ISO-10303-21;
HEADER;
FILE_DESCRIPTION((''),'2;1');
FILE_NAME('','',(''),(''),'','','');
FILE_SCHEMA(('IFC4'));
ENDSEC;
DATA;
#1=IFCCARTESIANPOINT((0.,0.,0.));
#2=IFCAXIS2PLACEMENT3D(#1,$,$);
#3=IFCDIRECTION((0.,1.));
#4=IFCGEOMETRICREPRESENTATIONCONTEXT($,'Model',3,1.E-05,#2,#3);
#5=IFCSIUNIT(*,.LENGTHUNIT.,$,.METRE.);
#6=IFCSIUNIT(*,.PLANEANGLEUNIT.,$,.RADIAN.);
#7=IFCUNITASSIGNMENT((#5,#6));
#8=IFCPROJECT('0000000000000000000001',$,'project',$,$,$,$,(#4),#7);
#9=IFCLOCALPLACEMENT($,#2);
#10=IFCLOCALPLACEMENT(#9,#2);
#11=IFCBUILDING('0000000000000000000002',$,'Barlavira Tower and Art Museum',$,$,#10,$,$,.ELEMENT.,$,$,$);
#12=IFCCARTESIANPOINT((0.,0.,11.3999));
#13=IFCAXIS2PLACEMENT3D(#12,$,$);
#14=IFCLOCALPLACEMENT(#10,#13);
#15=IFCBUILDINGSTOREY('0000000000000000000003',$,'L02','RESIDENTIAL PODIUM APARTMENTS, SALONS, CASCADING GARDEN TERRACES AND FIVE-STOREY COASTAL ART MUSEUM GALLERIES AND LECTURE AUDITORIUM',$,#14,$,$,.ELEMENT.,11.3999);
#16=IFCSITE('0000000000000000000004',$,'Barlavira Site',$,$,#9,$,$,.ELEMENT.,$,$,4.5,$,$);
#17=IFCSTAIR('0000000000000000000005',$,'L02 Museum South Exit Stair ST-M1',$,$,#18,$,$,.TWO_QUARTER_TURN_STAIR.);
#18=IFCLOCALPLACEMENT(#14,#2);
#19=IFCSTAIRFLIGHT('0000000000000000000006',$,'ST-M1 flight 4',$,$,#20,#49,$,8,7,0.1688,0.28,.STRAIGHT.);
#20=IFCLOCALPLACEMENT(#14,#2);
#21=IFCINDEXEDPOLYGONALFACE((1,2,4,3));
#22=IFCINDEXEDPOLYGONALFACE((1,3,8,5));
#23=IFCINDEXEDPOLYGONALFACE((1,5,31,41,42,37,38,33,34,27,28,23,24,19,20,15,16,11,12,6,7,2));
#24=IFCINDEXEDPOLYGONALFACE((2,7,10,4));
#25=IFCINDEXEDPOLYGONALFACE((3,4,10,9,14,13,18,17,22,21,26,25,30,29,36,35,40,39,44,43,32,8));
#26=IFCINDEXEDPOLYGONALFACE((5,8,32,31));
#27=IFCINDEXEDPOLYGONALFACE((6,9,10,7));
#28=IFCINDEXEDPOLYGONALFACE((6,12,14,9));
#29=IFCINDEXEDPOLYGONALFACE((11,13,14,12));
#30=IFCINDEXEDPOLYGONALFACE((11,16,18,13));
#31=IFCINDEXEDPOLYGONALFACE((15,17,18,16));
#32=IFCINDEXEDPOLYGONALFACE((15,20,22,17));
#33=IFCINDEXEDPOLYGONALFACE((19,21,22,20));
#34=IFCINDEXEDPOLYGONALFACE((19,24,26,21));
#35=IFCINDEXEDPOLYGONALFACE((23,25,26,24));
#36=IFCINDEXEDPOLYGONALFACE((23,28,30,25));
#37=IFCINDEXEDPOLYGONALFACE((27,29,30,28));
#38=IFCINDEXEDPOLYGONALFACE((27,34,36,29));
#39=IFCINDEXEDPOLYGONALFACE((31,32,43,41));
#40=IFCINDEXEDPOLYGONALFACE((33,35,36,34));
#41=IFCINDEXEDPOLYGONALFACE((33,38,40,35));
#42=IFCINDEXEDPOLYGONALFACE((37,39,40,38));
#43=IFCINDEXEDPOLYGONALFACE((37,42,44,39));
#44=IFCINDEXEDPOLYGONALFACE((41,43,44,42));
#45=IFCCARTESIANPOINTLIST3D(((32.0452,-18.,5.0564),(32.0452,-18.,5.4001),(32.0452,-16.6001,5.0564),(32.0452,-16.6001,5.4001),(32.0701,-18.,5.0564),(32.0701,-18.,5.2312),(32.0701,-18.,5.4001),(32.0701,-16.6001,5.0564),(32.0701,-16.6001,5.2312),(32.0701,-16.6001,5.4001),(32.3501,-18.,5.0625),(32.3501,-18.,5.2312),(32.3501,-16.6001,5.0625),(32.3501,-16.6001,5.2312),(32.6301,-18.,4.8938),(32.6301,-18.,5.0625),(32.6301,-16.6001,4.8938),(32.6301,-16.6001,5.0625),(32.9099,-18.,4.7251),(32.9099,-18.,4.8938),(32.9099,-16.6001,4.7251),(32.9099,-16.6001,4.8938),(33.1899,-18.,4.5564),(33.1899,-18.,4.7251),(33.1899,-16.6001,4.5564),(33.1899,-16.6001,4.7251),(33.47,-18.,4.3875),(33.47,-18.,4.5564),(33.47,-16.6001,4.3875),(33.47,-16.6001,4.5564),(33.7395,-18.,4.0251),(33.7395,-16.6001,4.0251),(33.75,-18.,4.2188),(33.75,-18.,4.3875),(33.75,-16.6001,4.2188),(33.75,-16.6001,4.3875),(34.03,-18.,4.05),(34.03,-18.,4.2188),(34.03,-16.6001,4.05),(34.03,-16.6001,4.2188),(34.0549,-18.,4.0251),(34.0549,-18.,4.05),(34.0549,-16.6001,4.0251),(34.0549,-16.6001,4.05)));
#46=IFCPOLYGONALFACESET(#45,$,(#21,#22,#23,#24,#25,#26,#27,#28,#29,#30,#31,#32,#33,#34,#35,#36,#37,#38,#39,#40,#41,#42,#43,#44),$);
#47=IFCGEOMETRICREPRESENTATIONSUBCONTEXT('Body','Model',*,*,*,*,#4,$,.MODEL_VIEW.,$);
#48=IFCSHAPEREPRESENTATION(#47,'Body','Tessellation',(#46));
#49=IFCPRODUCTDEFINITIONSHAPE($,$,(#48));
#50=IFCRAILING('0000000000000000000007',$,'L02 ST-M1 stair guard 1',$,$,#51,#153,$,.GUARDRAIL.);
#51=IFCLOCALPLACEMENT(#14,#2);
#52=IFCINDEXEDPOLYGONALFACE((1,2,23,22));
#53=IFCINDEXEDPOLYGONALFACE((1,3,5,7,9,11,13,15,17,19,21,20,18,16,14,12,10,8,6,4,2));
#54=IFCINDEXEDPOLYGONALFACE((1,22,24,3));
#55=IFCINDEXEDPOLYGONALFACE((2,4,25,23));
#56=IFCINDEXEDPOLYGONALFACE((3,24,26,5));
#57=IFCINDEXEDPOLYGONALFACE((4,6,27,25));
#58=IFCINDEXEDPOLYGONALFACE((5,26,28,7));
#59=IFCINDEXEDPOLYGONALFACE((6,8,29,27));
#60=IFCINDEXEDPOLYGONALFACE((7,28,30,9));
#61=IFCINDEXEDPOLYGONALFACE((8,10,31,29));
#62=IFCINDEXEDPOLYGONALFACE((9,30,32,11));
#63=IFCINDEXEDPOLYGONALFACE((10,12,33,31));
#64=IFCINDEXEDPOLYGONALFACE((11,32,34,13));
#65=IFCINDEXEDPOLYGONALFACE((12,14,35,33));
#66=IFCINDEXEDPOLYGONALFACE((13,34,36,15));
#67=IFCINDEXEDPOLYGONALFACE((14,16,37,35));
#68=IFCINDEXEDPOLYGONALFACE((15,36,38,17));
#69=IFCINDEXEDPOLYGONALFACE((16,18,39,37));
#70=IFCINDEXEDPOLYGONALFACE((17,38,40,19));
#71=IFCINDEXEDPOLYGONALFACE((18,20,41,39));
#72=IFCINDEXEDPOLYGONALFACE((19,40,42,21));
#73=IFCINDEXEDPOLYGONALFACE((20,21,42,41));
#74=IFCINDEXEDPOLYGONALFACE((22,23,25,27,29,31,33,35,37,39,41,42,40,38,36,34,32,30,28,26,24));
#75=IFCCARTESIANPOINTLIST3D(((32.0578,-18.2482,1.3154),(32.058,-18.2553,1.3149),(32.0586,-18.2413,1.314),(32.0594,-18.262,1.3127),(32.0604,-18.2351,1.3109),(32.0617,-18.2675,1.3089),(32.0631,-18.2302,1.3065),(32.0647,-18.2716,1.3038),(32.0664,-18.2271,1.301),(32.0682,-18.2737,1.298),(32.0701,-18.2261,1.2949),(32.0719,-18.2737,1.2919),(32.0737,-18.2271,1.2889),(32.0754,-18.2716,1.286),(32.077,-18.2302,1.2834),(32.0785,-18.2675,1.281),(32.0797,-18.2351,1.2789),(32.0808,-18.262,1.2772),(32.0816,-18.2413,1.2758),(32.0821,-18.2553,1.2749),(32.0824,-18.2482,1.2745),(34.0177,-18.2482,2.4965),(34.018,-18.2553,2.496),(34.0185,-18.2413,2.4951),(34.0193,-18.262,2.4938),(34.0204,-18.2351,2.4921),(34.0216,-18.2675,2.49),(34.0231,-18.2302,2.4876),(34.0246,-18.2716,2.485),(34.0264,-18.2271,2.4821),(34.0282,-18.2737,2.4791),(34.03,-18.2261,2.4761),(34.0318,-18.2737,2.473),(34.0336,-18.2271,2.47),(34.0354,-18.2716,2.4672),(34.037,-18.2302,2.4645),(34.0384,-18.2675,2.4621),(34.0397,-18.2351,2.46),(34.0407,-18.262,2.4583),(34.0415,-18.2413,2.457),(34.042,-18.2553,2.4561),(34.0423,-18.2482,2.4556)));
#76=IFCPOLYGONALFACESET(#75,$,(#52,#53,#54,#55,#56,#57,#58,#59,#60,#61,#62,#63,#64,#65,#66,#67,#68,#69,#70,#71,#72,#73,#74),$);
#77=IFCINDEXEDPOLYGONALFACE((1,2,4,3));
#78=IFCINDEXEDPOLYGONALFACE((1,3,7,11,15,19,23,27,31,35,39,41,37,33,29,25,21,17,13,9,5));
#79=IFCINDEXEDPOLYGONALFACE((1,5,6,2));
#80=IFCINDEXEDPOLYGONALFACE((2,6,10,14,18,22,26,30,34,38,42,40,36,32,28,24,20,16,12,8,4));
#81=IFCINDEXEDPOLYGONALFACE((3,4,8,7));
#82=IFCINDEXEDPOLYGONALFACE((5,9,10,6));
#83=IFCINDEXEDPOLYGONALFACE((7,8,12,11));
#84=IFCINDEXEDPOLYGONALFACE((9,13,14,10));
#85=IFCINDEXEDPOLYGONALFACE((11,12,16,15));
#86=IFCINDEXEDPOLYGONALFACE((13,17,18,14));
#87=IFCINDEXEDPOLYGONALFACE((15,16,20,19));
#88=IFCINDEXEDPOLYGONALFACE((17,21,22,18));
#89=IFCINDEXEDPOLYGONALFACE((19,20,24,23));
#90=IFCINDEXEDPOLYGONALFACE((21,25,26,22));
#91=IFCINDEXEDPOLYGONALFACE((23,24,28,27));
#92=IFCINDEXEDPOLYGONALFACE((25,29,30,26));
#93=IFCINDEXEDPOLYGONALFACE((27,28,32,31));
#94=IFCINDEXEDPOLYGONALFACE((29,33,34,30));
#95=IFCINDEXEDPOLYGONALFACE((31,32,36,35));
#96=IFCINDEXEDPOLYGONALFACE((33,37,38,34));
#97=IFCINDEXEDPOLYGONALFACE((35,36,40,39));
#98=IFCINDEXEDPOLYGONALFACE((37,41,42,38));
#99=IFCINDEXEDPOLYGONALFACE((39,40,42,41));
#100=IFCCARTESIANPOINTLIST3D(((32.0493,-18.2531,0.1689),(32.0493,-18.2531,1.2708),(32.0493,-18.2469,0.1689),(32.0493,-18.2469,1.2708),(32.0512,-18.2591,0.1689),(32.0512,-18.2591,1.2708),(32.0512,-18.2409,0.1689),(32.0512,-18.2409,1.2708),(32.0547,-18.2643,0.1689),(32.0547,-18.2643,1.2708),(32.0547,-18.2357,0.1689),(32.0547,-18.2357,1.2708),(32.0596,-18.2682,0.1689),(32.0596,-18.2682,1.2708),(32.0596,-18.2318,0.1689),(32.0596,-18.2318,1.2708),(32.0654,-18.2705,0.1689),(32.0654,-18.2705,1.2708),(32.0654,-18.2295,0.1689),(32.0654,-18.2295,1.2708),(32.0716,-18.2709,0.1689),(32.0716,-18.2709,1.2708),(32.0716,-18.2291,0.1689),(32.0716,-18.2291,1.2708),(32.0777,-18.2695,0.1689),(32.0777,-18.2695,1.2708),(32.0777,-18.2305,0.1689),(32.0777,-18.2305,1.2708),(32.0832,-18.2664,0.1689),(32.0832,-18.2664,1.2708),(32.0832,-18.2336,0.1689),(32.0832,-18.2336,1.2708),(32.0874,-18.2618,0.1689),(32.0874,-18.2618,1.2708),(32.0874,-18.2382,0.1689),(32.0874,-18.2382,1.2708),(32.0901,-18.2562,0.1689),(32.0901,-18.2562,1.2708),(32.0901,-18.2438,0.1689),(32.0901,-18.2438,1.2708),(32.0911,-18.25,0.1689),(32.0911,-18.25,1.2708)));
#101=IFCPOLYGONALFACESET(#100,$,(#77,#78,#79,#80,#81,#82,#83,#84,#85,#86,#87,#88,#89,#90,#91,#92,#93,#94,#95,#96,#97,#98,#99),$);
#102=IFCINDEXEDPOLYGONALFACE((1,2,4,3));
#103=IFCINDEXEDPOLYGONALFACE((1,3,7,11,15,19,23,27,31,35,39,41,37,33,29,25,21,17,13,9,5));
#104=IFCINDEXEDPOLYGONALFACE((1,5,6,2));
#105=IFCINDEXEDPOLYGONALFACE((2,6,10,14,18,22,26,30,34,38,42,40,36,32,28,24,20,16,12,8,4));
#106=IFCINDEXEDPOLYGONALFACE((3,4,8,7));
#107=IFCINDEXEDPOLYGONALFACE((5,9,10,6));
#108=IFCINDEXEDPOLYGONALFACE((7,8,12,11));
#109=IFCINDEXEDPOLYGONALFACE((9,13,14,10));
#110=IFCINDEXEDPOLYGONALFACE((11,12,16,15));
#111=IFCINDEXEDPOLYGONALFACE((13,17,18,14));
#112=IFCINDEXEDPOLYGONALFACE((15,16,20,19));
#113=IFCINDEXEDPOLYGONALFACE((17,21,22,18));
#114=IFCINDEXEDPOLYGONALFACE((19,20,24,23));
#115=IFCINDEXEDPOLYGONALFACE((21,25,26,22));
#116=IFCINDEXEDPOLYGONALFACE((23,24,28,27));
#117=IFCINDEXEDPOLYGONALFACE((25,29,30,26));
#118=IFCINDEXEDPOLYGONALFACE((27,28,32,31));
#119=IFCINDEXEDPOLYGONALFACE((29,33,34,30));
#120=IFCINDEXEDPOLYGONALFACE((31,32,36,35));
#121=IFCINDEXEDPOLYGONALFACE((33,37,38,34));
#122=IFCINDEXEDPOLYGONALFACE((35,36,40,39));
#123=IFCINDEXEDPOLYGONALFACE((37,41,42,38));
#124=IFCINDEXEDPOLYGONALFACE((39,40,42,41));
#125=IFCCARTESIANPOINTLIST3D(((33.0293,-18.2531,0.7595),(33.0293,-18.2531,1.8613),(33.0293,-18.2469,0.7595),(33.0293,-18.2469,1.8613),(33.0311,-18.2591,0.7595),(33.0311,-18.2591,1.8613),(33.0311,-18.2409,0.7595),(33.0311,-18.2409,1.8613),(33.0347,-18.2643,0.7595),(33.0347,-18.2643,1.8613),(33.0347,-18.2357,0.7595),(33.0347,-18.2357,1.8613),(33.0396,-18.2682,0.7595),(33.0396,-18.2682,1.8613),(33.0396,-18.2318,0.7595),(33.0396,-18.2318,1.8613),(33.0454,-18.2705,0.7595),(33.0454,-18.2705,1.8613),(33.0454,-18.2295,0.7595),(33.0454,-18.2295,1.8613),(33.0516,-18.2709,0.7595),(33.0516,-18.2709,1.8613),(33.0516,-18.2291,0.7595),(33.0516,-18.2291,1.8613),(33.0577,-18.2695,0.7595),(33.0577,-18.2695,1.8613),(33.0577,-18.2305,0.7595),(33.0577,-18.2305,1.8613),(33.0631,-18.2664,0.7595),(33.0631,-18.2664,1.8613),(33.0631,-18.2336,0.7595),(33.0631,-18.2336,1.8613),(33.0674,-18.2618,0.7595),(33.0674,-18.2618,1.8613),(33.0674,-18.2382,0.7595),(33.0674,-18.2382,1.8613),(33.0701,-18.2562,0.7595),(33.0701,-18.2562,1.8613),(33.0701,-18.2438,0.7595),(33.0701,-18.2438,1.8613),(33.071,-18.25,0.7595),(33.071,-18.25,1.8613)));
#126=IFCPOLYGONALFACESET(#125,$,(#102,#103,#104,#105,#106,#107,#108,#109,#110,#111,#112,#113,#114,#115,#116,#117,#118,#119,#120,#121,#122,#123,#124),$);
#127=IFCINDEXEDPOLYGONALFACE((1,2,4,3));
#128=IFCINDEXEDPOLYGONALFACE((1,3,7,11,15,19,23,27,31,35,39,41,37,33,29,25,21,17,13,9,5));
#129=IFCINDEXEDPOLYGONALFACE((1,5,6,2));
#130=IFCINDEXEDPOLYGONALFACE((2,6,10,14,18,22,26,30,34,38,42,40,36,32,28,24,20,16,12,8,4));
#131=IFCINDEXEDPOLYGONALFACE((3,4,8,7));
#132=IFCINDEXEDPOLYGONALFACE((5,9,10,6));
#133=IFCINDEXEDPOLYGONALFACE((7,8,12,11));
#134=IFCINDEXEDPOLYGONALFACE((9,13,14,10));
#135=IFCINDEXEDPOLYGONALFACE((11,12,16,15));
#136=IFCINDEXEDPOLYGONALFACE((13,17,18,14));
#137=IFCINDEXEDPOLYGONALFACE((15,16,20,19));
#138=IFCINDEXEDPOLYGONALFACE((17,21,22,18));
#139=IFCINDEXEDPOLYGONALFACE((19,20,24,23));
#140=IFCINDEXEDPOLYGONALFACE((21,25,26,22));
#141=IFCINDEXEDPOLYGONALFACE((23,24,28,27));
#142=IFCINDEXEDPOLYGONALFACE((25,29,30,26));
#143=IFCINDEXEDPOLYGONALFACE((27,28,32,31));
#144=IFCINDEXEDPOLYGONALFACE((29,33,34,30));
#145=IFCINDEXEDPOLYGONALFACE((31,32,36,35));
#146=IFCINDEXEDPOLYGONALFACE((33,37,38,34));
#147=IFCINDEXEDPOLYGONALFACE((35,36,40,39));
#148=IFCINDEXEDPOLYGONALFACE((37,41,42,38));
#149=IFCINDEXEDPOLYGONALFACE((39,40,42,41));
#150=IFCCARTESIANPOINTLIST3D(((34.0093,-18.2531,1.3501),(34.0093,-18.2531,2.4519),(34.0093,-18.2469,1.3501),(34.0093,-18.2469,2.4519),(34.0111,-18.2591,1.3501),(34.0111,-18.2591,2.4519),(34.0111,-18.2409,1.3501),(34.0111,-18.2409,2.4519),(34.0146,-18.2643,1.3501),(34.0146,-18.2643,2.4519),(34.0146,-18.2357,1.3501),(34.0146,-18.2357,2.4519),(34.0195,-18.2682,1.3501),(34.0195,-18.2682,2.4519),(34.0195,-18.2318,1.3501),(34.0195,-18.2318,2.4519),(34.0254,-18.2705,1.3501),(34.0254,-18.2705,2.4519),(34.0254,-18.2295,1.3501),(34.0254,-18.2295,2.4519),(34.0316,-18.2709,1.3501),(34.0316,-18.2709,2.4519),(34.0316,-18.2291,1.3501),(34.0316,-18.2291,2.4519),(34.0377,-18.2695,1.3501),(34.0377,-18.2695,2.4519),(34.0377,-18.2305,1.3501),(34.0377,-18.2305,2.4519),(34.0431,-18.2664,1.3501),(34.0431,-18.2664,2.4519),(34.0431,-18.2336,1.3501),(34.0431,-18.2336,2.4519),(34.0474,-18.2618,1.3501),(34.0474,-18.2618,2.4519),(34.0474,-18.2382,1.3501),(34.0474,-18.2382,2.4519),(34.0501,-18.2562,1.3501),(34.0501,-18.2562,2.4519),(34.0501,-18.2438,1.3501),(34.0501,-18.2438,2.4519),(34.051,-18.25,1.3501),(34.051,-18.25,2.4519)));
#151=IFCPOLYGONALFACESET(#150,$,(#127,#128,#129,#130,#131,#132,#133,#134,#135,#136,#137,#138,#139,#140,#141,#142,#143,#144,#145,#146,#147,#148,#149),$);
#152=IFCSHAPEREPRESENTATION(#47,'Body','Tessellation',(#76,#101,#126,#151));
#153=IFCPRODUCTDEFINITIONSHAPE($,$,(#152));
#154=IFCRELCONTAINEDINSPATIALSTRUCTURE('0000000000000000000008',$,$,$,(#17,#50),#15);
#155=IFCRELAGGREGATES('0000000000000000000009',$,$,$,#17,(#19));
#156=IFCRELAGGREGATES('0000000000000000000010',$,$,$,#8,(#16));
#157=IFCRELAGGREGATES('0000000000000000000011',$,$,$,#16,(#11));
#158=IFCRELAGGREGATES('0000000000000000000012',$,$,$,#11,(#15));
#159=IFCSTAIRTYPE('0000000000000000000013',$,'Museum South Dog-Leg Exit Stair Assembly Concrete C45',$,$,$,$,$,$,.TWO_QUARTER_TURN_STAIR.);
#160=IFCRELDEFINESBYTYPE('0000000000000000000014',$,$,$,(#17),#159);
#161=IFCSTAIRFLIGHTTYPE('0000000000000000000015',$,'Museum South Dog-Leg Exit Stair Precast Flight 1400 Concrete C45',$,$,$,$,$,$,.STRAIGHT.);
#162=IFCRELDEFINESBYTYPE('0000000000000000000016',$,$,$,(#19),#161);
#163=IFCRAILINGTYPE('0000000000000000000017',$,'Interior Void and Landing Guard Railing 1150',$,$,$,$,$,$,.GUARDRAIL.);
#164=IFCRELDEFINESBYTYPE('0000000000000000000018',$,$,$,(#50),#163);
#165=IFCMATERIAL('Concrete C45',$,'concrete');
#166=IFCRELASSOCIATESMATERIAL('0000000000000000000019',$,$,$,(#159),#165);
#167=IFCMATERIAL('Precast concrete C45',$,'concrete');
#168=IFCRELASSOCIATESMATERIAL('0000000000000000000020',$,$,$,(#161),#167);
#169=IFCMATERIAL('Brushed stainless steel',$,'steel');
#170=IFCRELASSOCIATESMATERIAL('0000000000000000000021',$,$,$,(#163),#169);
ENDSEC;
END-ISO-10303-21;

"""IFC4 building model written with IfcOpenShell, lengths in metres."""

from ifc_helpers import new_model, si_unit, direction, frame, origin, origin_2d, place, context, subcontext, project, spatial, polyline, circle, outline, extrude, material, type_object, element, aggregate, save


model = new_model("IFC4")

# Units and contexts
model_context = context("Model", 3, precision=1e-05, world=origin(), true_north=direction((0.0, 1.0)))
body_context = subcontext(model_context, "Body", "Model", "MODEL_VIEW")
ifc_project = project(units=[si_unit("LENGTHUNIT", "METRE"), si_unit("PLANEANGLEUNIT", "RADIAN")], contexts=[model_context])

# Site, building, storey
site_placement = place(None, origin())
site = spatial("IfcSite", under=ifc_project, at=site_placement, Name="Barlavira Site", CompositionType="ELEMENT", RefElevation=4.5)
building_placement = place(site_placement, origin())
building = spatial("IfcBuilding", under=site, at=building_placement, Name="Barlavira Tower and Art Museum", CompositionType="ELEMENT")
storey_placement = place(building_placement, frame((0.0, 0.0, 11.3999)))
storey = spatial("IfcBuildingStorey", under=building, at=storey_placement, Name="L02", Description="RESIDENTIAL PODIUM APARTMENTS, SALONS, CASCADING GARDEN TERRACES AND FIVE-STOREY COASTAL ART MUSEUM GALLERIES AND LECTURE AUDITORIUM", CompositionType="ELEMENT", Elevation=11.3999)

# Shared definitions
ifc_material_1 = material(Name="Brushed stainless steel", Category="steel")

# Stair, stair flight
ifc_material_2 = material(Name="Concrete C45", Category="concrete")
stair_type = type_object("IfcStairType", Name="Museum South Dog-Leg Exit Stair Assembly Concrete C45", PredefinedType="TWO_QUARTER_TURN_STAIR", material=ifc_material_2)
stair_placement = place(storey_placement, origin())
stair = element("IfcStair", 1, at=stair_placement, inside=storey, type_object=stair_type, Name="L02 Museum South Exit Stair ST-M1", PredefinedType="TWO_QUARTER_TURN_STAIR")
ifc_material_3 = material(Name="Precast concrete C45", Category="concrete")
stair_flight_type = type_object("IfcStairFlightType", Name="Museum South Dog-Leg Exit Stair Precast Flight 1400 Concrete C45", PredefinedType="STRAIGHT", material=ifc_material_3)
stair_flight_1_placement = place(storey_placement, frame((34.03, -17.3, 4.05), z_axis=(0.0, 0.0, 1.0), x_axis=(-1.0, 0.0, 0.0)))
stair_flight_1 = element("IfcStairFlight", 2, at=stair_flight_1_placement, type_object=stair_flight_type, Name="ST-M1 flight 4", NumberOfRisers=8, NumberOfTreads=7, PredefinedType="STRAIGHT", RiserHeight=0.1688, TreadLength=0.28, context=body_context, shape_type="SweptSolid", body=[
    extrude(outline(polyline([(-0.0249, 0.0), (0.0, 0.0), (0.0, 0.1687), (0.28, 0.1687), (0.28, 0.3374), (0.5601, 0.3374), (0.5601, 0.5063), (0.8401, 0.5063), (0.8401, 0.675), (1.1201, 0.675), (1.1201, 0.8438), (1.3999, 0.8438), (1.3999, 1.0125), (1.6799, 1.0125), (1.6799, 1.1812), (1.96, 1.1812), (1.96, 1.3501), (1.9849, 1.3501), (1.9849, 1.0063), (1.96, 1.0063), (0.2905, -0.0249), (-0.0249, -0.0249), (-0.0249, 0.0)])), frame((0.0, 0.7, 0.0), z_axis=(0.0, -1.0, 0.0), x_axis=(1.0, 0.0, 0.0)), (0.0, 0.0, 1.0), 1.3999),
])
aggregate(stair, [stair_flight_1])

# Railing
railing_type_1 = type_object("IfcRailingType", Name="Interior Void and Landing Guard Railing 1150", PredefinedType="GUARDRAIL", material=ifc_material_1)
railing_1_placement = place(storey_placement, frame((32.0701, -18.25, 0.1689)))
element("IfcRailing", 3, at=railing_1_placement, inside=storey, type_object=railing_type_1, Name="L02 ST-M1 stair guard 1", PredefinedType="GUARDRAIL", context=body_context, shape_type="SweptSolid", body=[
    extrude(circle(Radius=0.0239, at=origin_2d()), frame((0.0, 0.0, 1.126), z_axis=(0.856493, 0.0, 0.516158), x_axis=(0.0, 1.0, 0.0)), (0.0, 0.0, 1.0), 2.2883),
    extrude(circle(Radius=0.021, at=origin_2d()), origin(), (0.0, 0.0, 1.0), 1.1018),
    extrude(circle(Radius=0.021, at=origin_2d()), frame((0.98, 0.0, 0.5906)), (0.0, 0.0, 1.0), 1.1018),
    extrude(circle(Radius=0.021, at=origin_2d()), frame((1.96, 0.0, 1.1812)), (0.0, 0.0, 1.0), 1.1018),
])

save(model, "model.ifc")
